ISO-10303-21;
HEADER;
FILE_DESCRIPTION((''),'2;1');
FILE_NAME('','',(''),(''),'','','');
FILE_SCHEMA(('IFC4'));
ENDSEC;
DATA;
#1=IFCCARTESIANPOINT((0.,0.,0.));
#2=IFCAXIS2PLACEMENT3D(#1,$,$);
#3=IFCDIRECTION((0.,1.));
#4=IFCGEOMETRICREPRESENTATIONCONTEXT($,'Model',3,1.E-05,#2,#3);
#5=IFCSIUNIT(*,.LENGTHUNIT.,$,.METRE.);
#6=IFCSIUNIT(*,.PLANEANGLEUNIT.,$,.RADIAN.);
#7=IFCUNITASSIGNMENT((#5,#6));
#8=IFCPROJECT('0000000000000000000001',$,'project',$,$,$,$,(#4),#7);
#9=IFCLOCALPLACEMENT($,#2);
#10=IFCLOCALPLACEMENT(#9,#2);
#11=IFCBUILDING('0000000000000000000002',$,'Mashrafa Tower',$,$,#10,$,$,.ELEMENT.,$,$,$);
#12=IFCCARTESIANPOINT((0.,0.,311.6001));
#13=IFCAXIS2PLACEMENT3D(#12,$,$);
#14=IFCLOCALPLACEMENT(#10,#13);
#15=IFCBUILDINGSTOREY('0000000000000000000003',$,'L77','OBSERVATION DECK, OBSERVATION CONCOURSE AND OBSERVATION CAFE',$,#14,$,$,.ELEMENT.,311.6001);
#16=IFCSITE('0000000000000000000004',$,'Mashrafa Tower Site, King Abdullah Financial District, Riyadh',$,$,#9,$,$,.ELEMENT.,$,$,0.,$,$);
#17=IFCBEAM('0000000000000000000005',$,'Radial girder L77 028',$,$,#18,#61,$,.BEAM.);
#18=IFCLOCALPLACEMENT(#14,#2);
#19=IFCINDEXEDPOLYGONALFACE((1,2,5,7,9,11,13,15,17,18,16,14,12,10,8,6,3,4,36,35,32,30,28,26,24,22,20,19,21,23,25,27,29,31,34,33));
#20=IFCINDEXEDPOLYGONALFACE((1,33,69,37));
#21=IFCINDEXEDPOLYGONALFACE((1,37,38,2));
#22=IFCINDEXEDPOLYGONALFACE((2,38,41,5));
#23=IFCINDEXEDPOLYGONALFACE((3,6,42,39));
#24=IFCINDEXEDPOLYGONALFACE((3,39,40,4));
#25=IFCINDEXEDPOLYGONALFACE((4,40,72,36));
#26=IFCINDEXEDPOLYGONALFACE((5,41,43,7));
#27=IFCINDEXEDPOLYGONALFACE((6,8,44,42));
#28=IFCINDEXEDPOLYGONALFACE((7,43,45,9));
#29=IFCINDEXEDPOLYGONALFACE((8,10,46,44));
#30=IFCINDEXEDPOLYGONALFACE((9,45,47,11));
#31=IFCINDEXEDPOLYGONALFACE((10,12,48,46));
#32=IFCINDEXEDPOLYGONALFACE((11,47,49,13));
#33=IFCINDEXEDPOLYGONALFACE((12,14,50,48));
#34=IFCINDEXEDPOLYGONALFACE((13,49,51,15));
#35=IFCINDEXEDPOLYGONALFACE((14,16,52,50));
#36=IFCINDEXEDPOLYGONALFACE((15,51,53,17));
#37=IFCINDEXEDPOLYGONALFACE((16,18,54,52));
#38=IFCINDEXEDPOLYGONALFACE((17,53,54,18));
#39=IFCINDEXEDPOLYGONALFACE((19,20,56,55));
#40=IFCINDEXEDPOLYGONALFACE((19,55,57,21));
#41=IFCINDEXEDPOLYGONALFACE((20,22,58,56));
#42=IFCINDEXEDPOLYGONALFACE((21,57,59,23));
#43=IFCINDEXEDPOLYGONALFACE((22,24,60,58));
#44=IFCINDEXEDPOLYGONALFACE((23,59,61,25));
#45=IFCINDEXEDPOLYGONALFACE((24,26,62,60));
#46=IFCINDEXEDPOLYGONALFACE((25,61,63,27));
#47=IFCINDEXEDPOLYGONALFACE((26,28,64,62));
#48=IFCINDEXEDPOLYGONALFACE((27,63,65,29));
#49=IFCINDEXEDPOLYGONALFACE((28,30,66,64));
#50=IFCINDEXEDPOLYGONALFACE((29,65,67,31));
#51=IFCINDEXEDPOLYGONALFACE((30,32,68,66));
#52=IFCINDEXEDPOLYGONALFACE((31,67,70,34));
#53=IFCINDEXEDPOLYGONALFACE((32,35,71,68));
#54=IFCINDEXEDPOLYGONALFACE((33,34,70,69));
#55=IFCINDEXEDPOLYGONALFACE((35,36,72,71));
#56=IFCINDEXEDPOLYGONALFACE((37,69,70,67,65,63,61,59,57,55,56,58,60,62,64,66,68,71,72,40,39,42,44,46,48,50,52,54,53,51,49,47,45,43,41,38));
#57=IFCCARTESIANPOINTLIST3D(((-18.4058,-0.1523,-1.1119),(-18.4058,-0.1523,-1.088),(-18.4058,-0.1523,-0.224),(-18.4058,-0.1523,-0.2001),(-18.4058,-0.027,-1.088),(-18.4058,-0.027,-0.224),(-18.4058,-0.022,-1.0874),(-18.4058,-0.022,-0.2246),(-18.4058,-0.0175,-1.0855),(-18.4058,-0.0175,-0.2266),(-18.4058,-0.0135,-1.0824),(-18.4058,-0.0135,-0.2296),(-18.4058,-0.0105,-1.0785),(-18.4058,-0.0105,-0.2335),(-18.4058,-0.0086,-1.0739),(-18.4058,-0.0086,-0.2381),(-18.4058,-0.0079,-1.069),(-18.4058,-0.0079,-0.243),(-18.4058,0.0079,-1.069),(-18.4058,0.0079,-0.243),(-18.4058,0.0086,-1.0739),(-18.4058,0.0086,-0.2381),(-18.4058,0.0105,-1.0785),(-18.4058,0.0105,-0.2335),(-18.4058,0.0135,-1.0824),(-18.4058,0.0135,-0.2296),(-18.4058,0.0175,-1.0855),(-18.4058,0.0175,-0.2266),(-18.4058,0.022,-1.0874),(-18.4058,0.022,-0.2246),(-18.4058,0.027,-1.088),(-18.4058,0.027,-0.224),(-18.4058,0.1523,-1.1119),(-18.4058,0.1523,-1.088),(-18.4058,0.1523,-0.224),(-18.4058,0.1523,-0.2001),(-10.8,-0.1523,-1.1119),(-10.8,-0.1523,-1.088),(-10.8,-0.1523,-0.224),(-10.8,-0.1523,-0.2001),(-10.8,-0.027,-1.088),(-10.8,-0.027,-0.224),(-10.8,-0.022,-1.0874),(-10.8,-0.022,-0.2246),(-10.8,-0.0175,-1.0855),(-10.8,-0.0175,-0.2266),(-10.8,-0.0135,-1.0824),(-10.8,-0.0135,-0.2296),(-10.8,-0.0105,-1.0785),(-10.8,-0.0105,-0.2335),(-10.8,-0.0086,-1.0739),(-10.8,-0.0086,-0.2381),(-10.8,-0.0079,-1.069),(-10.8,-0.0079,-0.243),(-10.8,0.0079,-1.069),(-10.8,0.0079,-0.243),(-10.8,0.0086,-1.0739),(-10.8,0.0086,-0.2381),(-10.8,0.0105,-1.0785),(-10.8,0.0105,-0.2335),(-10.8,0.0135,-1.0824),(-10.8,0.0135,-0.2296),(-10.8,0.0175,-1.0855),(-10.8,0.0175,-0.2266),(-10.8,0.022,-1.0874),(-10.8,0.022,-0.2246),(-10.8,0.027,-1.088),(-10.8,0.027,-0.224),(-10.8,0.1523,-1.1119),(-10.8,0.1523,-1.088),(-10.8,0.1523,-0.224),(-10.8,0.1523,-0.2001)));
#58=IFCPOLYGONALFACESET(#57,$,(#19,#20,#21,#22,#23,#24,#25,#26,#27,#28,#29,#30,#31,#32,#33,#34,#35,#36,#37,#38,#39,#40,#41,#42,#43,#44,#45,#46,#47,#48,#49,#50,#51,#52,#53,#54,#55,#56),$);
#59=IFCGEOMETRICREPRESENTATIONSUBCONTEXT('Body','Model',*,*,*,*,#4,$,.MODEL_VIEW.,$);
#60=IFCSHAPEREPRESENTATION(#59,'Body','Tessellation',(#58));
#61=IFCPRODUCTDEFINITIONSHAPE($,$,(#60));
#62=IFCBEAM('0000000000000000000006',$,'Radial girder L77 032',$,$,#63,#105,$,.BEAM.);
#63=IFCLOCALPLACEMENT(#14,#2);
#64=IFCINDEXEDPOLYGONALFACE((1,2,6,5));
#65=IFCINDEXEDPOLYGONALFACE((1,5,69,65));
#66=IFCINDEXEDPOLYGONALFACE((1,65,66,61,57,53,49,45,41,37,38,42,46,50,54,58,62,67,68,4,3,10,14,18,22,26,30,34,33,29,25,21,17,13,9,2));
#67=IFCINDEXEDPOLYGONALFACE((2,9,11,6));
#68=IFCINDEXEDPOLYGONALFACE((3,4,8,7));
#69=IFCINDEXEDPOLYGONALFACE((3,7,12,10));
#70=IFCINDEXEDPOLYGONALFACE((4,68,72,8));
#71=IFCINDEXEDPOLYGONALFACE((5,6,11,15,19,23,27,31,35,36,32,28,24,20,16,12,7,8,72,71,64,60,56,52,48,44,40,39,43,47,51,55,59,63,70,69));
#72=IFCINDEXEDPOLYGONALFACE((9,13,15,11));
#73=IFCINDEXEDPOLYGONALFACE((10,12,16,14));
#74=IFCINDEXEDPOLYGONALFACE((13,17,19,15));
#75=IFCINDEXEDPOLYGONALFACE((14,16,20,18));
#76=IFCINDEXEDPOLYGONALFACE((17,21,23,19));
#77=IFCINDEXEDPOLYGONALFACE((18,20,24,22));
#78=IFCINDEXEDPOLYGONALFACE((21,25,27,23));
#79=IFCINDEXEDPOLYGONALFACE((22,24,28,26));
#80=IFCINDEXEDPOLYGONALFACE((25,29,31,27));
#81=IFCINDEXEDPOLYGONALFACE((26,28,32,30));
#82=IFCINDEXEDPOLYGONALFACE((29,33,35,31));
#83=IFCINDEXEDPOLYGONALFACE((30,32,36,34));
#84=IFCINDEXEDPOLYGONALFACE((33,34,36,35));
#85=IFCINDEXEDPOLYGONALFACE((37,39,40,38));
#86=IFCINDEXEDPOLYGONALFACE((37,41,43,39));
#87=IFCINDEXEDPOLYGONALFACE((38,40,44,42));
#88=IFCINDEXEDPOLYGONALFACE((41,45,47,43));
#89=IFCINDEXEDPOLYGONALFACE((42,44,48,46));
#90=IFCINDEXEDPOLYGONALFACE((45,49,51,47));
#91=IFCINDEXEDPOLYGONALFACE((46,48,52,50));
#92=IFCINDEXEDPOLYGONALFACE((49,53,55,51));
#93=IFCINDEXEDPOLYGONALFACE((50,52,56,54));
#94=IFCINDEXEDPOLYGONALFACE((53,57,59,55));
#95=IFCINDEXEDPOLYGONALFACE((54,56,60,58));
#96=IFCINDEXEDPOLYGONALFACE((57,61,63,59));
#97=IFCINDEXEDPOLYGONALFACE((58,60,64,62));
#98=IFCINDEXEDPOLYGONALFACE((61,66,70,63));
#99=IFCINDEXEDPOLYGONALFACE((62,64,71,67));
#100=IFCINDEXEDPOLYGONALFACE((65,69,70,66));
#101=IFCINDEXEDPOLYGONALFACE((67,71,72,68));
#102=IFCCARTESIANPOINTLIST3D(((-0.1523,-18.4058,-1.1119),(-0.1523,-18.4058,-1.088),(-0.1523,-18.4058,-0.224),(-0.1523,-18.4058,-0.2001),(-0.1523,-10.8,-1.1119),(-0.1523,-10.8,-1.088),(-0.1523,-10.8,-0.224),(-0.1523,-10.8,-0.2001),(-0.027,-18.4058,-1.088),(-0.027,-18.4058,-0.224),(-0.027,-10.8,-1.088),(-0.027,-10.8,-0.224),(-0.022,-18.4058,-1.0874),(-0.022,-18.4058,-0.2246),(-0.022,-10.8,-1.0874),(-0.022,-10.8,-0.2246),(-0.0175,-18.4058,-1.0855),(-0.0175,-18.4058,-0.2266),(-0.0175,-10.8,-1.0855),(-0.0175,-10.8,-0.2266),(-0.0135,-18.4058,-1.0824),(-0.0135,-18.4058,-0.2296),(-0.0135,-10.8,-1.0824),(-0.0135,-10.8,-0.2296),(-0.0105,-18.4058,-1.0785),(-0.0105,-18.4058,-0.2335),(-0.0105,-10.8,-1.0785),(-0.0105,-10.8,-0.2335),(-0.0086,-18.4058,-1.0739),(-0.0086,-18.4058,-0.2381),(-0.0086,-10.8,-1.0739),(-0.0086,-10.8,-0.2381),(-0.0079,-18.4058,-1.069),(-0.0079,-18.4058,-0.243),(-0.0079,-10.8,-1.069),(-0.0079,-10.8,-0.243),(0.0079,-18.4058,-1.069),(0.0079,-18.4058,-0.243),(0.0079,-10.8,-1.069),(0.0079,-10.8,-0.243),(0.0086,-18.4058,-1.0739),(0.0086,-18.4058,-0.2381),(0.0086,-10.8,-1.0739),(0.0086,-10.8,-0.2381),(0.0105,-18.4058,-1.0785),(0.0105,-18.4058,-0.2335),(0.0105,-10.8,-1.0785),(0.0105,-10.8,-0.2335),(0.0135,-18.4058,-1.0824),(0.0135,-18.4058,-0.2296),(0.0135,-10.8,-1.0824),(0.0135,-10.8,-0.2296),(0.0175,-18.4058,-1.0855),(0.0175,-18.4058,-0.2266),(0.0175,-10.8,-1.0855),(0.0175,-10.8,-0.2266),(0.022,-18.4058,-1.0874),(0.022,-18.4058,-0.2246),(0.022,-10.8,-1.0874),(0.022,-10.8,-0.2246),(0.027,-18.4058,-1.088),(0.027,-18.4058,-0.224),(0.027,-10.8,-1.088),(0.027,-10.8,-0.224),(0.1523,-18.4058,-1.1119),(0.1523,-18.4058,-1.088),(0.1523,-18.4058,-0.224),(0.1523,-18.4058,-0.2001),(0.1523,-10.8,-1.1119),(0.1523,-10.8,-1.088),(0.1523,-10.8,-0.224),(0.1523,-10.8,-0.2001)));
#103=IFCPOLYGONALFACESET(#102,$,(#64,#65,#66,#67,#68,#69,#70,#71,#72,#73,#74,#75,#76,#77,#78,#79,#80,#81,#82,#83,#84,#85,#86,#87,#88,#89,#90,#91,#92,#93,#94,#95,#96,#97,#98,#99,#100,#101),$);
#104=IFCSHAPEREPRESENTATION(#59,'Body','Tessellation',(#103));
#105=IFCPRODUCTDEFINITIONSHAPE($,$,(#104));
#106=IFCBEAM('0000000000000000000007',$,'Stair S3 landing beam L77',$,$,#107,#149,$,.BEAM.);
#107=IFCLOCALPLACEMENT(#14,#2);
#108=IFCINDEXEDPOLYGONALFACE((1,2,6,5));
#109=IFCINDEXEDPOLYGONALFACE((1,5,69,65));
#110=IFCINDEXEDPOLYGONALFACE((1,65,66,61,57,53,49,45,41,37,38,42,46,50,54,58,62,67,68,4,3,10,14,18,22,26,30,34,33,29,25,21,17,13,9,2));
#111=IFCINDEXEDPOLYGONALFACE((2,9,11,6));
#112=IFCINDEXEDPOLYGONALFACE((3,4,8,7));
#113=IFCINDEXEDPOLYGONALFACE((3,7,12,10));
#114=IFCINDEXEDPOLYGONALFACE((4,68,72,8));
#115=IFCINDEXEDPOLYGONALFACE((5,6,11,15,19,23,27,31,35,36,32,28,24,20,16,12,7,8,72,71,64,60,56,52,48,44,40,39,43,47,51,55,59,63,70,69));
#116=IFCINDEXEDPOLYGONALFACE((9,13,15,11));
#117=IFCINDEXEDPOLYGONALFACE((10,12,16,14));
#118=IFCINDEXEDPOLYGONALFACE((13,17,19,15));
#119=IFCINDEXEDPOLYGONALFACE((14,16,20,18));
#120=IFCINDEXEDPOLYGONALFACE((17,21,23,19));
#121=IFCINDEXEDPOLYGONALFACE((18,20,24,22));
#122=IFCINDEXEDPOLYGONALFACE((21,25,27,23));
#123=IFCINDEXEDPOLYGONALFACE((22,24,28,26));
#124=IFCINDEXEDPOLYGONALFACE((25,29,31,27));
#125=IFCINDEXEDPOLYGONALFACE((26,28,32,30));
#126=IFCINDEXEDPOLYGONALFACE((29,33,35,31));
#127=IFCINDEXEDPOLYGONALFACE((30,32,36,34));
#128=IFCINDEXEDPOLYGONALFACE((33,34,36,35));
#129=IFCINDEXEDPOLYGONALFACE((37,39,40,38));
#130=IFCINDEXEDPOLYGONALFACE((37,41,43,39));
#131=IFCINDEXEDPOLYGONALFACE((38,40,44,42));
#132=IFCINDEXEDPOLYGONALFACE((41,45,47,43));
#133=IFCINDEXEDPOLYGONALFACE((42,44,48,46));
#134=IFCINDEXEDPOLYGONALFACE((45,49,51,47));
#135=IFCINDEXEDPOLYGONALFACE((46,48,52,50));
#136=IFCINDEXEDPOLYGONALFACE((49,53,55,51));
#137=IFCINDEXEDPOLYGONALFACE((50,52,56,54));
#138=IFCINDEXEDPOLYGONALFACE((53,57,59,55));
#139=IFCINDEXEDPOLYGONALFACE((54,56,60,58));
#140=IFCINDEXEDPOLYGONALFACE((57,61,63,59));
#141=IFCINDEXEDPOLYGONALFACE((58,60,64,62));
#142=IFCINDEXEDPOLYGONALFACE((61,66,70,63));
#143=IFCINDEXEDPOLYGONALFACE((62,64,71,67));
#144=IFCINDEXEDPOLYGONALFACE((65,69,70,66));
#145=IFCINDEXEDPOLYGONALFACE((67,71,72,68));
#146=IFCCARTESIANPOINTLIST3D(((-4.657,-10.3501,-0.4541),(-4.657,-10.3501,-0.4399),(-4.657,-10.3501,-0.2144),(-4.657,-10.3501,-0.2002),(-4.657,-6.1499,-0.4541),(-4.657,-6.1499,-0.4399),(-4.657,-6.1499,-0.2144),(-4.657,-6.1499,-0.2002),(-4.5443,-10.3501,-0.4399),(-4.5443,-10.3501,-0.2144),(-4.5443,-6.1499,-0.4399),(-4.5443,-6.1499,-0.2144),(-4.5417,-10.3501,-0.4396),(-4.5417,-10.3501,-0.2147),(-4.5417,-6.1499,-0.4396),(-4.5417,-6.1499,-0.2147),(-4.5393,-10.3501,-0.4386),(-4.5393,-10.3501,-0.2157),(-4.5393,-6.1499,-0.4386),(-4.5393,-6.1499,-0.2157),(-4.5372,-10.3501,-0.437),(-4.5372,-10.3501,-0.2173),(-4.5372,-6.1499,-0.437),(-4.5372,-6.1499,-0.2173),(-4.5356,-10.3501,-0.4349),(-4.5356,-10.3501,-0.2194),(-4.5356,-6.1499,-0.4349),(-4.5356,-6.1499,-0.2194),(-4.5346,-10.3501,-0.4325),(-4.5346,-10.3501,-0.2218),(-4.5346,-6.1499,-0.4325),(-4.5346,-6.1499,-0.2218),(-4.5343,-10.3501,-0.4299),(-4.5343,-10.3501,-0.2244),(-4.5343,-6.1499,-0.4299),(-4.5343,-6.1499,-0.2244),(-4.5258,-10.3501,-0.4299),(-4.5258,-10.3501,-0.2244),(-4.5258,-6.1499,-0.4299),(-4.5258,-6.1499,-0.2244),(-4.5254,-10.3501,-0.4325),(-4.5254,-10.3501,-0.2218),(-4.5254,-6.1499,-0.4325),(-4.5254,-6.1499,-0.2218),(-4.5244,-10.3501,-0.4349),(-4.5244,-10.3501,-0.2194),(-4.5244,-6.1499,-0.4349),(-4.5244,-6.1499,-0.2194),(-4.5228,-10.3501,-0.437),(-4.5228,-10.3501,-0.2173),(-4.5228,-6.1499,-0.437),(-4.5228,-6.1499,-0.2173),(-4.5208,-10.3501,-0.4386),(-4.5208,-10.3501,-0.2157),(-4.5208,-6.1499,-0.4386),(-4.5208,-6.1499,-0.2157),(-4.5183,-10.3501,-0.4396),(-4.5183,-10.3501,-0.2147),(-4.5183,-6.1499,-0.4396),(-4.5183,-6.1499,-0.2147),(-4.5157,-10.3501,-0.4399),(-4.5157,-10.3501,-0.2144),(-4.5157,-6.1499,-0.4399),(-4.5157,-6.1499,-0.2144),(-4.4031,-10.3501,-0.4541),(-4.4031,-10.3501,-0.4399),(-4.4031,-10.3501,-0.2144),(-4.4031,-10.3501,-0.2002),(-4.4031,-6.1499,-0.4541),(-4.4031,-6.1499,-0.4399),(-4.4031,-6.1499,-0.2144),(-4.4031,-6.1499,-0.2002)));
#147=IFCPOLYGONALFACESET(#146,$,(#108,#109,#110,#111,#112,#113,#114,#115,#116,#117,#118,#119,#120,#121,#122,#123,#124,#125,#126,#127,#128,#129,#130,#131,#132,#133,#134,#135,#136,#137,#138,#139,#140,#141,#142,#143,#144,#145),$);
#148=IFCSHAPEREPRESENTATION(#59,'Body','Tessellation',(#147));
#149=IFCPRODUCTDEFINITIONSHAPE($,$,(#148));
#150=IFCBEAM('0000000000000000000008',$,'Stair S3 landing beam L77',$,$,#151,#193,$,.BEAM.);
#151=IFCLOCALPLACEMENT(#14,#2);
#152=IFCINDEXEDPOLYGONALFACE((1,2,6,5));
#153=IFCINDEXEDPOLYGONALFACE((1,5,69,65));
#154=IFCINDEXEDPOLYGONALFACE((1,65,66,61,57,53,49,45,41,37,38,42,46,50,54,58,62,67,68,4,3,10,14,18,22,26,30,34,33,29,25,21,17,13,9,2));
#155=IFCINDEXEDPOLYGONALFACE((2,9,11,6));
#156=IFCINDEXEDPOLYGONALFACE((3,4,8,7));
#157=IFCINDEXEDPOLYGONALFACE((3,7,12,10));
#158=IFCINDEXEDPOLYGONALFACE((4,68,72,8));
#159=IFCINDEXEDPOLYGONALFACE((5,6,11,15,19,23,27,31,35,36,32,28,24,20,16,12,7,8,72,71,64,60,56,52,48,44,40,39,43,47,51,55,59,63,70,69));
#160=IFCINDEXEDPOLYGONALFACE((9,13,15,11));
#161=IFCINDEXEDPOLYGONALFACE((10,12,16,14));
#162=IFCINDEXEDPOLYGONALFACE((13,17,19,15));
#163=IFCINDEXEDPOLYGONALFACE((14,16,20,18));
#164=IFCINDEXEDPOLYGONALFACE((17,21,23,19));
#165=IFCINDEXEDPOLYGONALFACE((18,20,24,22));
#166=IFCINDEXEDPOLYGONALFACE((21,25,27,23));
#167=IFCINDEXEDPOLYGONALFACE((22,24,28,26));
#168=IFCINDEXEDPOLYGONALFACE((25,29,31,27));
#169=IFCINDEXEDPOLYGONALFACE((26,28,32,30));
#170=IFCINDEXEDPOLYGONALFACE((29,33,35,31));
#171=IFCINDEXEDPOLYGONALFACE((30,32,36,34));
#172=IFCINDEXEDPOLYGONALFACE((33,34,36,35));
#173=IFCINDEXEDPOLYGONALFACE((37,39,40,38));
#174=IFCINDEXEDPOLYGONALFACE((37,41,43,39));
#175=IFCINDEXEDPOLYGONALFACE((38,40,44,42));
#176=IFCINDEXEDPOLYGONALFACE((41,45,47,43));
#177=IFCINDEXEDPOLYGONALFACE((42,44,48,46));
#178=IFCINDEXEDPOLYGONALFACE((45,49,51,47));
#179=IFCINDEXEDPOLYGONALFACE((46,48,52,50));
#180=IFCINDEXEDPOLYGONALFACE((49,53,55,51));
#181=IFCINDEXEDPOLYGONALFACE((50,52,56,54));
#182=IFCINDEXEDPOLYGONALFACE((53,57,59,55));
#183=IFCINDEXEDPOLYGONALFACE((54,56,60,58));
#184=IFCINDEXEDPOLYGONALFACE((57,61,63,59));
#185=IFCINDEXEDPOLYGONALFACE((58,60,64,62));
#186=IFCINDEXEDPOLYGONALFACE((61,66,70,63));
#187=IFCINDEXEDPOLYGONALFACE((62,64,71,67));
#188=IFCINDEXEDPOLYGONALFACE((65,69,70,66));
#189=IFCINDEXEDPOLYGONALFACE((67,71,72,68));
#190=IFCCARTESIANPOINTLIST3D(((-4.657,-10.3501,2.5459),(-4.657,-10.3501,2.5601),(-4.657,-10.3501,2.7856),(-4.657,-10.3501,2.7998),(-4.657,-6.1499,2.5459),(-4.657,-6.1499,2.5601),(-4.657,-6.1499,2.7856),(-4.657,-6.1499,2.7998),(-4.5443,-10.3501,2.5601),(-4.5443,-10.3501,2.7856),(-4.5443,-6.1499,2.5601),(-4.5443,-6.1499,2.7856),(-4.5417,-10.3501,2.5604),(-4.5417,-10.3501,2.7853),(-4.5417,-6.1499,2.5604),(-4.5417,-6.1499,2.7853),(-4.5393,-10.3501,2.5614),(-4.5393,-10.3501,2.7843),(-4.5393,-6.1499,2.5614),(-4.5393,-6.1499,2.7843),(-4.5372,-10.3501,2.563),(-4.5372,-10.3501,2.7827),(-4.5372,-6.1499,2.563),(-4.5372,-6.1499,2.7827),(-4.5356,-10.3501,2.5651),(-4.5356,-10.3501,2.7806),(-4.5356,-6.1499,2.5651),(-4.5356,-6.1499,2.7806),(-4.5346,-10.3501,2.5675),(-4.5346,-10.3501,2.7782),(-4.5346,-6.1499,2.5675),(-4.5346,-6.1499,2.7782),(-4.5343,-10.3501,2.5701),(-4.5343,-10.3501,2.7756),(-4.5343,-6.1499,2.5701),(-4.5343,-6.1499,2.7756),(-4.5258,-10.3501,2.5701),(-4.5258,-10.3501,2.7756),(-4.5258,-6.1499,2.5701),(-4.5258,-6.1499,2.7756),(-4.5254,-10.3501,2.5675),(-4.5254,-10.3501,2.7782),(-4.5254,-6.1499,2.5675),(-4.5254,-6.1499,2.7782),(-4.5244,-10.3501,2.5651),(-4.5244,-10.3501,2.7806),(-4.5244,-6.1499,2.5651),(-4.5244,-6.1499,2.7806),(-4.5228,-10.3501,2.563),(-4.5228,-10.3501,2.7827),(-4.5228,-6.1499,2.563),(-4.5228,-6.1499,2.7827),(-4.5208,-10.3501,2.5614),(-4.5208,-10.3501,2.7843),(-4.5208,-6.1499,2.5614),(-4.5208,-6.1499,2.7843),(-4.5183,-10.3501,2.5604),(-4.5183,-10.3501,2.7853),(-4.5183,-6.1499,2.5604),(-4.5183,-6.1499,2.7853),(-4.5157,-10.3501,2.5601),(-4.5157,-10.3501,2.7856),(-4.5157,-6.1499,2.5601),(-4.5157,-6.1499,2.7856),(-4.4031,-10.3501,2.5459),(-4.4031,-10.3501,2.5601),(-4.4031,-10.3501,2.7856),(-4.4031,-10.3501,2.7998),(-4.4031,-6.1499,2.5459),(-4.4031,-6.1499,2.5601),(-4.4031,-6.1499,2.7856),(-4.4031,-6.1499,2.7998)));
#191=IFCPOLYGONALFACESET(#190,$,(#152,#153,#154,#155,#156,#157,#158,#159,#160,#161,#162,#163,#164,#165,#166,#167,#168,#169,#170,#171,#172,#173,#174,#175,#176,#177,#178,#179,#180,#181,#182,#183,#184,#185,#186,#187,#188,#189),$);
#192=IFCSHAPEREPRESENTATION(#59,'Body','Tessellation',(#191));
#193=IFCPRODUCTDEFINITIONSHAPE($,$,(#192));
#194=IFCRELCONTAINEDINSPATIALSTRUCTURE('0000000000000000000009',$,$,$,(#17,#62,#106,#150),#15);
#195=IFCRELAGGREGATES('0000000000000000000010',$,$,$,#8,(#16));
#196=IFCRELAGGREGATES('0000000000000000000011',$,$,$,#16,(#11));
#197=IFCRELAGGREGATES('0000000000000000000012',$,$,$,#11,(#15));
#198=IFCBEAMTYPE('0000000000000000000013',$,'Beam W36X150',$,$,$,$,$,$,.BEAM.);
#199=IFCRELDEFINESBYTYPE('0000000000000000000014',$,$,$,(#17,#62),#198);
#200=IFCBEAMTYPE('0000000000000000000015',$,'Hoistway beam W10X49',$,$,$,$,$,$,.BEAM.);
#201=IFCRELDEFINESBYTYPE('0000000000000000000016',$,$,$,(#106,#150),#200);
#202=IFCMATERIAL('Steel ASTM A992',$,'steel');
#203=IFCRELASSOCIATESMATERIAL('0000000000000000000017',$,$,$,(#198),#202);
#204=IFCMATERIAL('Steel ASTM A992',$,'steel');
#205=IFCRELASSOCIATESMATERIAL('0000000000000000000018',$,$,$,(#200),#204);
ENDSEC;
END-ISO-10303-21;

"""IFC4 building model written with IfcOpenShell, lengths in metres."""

from ifc_helpers import new_model, si_unit, direction, frame, origin, origin_2d, place, context, subcontext, project, spatial, i_section, extrude, material, material_profile, profile_set, type_object, element, save


model = new_model("IFC4")

# Units and contexts
model_context = context("Model", 3, precision=1e-05, world=origin(), true_north=direction((0.0, 1.0)))
body_context = subcontext(model_context, "Body", "Model", "MODEL_VIEW")
ifc_project = project(units=[si_unit("LENGTHUNIT", "METRE"), si_unit("PLANEANGLEUNIT", "RADIAN")], contexts=[model_context])

# Site, building, storey
site_placement = place(None, origin())
site = spatial("IfcSite", under=ifc_project, at=site_placement, Name="Mashrafa Tower Site, King Abdullah Financial District, Riyadh", CompositionType="ELEMENT", RefElevation=0.0)
building_placement = place(site_placement, origin())
building = spatial("IfcBuilding", under=site, at=building_placement, Name="Mashrafa Tower", CompositionType="ELEMENT")
storey_placement = place(building_placement, frame((0.0, 0.0, 311.6001)))
storey = spatial("IfcBuildingStorey", under=building, at=storey_placement, Name="L77", Description="OBSERVATION DECK, OBSERVATION CONCOURSE AND OBSERVATION CAFE", CompositionType="ELEMENT", Elevation=311.6001)

# Beams
ifc_material_1 = material(Name="Steel ASTM A992", Category="steel")
ifc_material_profile_1 = material_profile(ifc_material_1, i_section(OverallWidth=0.3047, OverallDepth=0.9119, WebThickness=0.0159, FlangeThickness=0.0239, FilletRadius=0.019, at=origin_2d()), Name="W36X150")
ifc_profile_set_1 = profile_set([ifc_material_profile_1], Name="Steel ASTM A992")
beam_type_1 = type_object("IfcBeamType", Name="Beam W36X150", PredefinedType="BEAM", material=ifc_profile_set_1)
for number, where, z_axis, x_axis, name in (
    (1, (-10.8, 0.0, -0.656), (-1.0, 0.0, 0.0), (0.0, -1.0, 0.0), "Radial girder L77 028"),
    (2, (0.0, -10.8, -0.656), (0.0, -1.0, 0.0), (1.0, 0.0, 0.0), "Radial girder L77 032"),
):
    element("IfcBeam", number, at=place(storey_placement, frame(where, z_axis=z_axis, x_axis=x_axis)), inside=storey, type_object=beam_type_1, Name=name, PredefinedType="BEAM", context=body_context, shape_type="SweptSolid", body=[
        extrude(i_section(OverallWidth=0.3047, OverallDepth=0.9119, WebThickness=0.0159, FlangeThickness=0.0239, FilletRadius=0.019, at=origin_2d()), origin(), (0.0, 0.0, 1.0), 7.6057),
    ])
ifc_material_2 = material(Name="Steel ASTM A992", Category="steel")
ifc_material_profile_2 = material_profile(ifc_material_2, i_section(OverallWidth=0.2539, OverallDepth=0.2539, WebThickness=0.0085, FlangeThickness=0.0142, FilletRadius=0.01, at=origin_2d()), Name="W10X49")
ifc_profile_set_2 = profile_set([ifc_material_profile_2], Name="Steel ASTM A992")
beam_type_2 = type_object("IfcBeamType", Name="Hoistway beam W10X49", PredefinedType="BEAM", material=ifc_profile_set_2)
for number, where, z_axis, x_axis, name in (
    (3, (-4.53, -10.3501, -0.3271), (0.0, 1.0, 0.0), (-1.0, 0.0, 0.0), "Stair S3 landing beam L77"),
    (4, (-4.53, -10.3501, 2.6729), (0.0, 1.0, 0.0), (-1.0, 0.0, 0.0), "Stair S3 landing beam L77"),
):
    element("IfcBeam", number, at=place(storey_placement, frame(where, z_axis=z_axis, x_axis=x_axis)), inside=storey, type_object=beam_type_2, Name=name, PredefinedType="BEAM", context=body_context, shape_type="SweptSolid", body=[
        extrude(i_section(OverallWidth=0.2539, OverallDepth=0.2539, WebThickness=0.0085, FlangeThickness=0.0142, FilletRadius=0.01, at=origin_2d()), origin(), (0.0, 0.0, 1.0), 4.2002),
    ])

save(model, "model.ifc")
